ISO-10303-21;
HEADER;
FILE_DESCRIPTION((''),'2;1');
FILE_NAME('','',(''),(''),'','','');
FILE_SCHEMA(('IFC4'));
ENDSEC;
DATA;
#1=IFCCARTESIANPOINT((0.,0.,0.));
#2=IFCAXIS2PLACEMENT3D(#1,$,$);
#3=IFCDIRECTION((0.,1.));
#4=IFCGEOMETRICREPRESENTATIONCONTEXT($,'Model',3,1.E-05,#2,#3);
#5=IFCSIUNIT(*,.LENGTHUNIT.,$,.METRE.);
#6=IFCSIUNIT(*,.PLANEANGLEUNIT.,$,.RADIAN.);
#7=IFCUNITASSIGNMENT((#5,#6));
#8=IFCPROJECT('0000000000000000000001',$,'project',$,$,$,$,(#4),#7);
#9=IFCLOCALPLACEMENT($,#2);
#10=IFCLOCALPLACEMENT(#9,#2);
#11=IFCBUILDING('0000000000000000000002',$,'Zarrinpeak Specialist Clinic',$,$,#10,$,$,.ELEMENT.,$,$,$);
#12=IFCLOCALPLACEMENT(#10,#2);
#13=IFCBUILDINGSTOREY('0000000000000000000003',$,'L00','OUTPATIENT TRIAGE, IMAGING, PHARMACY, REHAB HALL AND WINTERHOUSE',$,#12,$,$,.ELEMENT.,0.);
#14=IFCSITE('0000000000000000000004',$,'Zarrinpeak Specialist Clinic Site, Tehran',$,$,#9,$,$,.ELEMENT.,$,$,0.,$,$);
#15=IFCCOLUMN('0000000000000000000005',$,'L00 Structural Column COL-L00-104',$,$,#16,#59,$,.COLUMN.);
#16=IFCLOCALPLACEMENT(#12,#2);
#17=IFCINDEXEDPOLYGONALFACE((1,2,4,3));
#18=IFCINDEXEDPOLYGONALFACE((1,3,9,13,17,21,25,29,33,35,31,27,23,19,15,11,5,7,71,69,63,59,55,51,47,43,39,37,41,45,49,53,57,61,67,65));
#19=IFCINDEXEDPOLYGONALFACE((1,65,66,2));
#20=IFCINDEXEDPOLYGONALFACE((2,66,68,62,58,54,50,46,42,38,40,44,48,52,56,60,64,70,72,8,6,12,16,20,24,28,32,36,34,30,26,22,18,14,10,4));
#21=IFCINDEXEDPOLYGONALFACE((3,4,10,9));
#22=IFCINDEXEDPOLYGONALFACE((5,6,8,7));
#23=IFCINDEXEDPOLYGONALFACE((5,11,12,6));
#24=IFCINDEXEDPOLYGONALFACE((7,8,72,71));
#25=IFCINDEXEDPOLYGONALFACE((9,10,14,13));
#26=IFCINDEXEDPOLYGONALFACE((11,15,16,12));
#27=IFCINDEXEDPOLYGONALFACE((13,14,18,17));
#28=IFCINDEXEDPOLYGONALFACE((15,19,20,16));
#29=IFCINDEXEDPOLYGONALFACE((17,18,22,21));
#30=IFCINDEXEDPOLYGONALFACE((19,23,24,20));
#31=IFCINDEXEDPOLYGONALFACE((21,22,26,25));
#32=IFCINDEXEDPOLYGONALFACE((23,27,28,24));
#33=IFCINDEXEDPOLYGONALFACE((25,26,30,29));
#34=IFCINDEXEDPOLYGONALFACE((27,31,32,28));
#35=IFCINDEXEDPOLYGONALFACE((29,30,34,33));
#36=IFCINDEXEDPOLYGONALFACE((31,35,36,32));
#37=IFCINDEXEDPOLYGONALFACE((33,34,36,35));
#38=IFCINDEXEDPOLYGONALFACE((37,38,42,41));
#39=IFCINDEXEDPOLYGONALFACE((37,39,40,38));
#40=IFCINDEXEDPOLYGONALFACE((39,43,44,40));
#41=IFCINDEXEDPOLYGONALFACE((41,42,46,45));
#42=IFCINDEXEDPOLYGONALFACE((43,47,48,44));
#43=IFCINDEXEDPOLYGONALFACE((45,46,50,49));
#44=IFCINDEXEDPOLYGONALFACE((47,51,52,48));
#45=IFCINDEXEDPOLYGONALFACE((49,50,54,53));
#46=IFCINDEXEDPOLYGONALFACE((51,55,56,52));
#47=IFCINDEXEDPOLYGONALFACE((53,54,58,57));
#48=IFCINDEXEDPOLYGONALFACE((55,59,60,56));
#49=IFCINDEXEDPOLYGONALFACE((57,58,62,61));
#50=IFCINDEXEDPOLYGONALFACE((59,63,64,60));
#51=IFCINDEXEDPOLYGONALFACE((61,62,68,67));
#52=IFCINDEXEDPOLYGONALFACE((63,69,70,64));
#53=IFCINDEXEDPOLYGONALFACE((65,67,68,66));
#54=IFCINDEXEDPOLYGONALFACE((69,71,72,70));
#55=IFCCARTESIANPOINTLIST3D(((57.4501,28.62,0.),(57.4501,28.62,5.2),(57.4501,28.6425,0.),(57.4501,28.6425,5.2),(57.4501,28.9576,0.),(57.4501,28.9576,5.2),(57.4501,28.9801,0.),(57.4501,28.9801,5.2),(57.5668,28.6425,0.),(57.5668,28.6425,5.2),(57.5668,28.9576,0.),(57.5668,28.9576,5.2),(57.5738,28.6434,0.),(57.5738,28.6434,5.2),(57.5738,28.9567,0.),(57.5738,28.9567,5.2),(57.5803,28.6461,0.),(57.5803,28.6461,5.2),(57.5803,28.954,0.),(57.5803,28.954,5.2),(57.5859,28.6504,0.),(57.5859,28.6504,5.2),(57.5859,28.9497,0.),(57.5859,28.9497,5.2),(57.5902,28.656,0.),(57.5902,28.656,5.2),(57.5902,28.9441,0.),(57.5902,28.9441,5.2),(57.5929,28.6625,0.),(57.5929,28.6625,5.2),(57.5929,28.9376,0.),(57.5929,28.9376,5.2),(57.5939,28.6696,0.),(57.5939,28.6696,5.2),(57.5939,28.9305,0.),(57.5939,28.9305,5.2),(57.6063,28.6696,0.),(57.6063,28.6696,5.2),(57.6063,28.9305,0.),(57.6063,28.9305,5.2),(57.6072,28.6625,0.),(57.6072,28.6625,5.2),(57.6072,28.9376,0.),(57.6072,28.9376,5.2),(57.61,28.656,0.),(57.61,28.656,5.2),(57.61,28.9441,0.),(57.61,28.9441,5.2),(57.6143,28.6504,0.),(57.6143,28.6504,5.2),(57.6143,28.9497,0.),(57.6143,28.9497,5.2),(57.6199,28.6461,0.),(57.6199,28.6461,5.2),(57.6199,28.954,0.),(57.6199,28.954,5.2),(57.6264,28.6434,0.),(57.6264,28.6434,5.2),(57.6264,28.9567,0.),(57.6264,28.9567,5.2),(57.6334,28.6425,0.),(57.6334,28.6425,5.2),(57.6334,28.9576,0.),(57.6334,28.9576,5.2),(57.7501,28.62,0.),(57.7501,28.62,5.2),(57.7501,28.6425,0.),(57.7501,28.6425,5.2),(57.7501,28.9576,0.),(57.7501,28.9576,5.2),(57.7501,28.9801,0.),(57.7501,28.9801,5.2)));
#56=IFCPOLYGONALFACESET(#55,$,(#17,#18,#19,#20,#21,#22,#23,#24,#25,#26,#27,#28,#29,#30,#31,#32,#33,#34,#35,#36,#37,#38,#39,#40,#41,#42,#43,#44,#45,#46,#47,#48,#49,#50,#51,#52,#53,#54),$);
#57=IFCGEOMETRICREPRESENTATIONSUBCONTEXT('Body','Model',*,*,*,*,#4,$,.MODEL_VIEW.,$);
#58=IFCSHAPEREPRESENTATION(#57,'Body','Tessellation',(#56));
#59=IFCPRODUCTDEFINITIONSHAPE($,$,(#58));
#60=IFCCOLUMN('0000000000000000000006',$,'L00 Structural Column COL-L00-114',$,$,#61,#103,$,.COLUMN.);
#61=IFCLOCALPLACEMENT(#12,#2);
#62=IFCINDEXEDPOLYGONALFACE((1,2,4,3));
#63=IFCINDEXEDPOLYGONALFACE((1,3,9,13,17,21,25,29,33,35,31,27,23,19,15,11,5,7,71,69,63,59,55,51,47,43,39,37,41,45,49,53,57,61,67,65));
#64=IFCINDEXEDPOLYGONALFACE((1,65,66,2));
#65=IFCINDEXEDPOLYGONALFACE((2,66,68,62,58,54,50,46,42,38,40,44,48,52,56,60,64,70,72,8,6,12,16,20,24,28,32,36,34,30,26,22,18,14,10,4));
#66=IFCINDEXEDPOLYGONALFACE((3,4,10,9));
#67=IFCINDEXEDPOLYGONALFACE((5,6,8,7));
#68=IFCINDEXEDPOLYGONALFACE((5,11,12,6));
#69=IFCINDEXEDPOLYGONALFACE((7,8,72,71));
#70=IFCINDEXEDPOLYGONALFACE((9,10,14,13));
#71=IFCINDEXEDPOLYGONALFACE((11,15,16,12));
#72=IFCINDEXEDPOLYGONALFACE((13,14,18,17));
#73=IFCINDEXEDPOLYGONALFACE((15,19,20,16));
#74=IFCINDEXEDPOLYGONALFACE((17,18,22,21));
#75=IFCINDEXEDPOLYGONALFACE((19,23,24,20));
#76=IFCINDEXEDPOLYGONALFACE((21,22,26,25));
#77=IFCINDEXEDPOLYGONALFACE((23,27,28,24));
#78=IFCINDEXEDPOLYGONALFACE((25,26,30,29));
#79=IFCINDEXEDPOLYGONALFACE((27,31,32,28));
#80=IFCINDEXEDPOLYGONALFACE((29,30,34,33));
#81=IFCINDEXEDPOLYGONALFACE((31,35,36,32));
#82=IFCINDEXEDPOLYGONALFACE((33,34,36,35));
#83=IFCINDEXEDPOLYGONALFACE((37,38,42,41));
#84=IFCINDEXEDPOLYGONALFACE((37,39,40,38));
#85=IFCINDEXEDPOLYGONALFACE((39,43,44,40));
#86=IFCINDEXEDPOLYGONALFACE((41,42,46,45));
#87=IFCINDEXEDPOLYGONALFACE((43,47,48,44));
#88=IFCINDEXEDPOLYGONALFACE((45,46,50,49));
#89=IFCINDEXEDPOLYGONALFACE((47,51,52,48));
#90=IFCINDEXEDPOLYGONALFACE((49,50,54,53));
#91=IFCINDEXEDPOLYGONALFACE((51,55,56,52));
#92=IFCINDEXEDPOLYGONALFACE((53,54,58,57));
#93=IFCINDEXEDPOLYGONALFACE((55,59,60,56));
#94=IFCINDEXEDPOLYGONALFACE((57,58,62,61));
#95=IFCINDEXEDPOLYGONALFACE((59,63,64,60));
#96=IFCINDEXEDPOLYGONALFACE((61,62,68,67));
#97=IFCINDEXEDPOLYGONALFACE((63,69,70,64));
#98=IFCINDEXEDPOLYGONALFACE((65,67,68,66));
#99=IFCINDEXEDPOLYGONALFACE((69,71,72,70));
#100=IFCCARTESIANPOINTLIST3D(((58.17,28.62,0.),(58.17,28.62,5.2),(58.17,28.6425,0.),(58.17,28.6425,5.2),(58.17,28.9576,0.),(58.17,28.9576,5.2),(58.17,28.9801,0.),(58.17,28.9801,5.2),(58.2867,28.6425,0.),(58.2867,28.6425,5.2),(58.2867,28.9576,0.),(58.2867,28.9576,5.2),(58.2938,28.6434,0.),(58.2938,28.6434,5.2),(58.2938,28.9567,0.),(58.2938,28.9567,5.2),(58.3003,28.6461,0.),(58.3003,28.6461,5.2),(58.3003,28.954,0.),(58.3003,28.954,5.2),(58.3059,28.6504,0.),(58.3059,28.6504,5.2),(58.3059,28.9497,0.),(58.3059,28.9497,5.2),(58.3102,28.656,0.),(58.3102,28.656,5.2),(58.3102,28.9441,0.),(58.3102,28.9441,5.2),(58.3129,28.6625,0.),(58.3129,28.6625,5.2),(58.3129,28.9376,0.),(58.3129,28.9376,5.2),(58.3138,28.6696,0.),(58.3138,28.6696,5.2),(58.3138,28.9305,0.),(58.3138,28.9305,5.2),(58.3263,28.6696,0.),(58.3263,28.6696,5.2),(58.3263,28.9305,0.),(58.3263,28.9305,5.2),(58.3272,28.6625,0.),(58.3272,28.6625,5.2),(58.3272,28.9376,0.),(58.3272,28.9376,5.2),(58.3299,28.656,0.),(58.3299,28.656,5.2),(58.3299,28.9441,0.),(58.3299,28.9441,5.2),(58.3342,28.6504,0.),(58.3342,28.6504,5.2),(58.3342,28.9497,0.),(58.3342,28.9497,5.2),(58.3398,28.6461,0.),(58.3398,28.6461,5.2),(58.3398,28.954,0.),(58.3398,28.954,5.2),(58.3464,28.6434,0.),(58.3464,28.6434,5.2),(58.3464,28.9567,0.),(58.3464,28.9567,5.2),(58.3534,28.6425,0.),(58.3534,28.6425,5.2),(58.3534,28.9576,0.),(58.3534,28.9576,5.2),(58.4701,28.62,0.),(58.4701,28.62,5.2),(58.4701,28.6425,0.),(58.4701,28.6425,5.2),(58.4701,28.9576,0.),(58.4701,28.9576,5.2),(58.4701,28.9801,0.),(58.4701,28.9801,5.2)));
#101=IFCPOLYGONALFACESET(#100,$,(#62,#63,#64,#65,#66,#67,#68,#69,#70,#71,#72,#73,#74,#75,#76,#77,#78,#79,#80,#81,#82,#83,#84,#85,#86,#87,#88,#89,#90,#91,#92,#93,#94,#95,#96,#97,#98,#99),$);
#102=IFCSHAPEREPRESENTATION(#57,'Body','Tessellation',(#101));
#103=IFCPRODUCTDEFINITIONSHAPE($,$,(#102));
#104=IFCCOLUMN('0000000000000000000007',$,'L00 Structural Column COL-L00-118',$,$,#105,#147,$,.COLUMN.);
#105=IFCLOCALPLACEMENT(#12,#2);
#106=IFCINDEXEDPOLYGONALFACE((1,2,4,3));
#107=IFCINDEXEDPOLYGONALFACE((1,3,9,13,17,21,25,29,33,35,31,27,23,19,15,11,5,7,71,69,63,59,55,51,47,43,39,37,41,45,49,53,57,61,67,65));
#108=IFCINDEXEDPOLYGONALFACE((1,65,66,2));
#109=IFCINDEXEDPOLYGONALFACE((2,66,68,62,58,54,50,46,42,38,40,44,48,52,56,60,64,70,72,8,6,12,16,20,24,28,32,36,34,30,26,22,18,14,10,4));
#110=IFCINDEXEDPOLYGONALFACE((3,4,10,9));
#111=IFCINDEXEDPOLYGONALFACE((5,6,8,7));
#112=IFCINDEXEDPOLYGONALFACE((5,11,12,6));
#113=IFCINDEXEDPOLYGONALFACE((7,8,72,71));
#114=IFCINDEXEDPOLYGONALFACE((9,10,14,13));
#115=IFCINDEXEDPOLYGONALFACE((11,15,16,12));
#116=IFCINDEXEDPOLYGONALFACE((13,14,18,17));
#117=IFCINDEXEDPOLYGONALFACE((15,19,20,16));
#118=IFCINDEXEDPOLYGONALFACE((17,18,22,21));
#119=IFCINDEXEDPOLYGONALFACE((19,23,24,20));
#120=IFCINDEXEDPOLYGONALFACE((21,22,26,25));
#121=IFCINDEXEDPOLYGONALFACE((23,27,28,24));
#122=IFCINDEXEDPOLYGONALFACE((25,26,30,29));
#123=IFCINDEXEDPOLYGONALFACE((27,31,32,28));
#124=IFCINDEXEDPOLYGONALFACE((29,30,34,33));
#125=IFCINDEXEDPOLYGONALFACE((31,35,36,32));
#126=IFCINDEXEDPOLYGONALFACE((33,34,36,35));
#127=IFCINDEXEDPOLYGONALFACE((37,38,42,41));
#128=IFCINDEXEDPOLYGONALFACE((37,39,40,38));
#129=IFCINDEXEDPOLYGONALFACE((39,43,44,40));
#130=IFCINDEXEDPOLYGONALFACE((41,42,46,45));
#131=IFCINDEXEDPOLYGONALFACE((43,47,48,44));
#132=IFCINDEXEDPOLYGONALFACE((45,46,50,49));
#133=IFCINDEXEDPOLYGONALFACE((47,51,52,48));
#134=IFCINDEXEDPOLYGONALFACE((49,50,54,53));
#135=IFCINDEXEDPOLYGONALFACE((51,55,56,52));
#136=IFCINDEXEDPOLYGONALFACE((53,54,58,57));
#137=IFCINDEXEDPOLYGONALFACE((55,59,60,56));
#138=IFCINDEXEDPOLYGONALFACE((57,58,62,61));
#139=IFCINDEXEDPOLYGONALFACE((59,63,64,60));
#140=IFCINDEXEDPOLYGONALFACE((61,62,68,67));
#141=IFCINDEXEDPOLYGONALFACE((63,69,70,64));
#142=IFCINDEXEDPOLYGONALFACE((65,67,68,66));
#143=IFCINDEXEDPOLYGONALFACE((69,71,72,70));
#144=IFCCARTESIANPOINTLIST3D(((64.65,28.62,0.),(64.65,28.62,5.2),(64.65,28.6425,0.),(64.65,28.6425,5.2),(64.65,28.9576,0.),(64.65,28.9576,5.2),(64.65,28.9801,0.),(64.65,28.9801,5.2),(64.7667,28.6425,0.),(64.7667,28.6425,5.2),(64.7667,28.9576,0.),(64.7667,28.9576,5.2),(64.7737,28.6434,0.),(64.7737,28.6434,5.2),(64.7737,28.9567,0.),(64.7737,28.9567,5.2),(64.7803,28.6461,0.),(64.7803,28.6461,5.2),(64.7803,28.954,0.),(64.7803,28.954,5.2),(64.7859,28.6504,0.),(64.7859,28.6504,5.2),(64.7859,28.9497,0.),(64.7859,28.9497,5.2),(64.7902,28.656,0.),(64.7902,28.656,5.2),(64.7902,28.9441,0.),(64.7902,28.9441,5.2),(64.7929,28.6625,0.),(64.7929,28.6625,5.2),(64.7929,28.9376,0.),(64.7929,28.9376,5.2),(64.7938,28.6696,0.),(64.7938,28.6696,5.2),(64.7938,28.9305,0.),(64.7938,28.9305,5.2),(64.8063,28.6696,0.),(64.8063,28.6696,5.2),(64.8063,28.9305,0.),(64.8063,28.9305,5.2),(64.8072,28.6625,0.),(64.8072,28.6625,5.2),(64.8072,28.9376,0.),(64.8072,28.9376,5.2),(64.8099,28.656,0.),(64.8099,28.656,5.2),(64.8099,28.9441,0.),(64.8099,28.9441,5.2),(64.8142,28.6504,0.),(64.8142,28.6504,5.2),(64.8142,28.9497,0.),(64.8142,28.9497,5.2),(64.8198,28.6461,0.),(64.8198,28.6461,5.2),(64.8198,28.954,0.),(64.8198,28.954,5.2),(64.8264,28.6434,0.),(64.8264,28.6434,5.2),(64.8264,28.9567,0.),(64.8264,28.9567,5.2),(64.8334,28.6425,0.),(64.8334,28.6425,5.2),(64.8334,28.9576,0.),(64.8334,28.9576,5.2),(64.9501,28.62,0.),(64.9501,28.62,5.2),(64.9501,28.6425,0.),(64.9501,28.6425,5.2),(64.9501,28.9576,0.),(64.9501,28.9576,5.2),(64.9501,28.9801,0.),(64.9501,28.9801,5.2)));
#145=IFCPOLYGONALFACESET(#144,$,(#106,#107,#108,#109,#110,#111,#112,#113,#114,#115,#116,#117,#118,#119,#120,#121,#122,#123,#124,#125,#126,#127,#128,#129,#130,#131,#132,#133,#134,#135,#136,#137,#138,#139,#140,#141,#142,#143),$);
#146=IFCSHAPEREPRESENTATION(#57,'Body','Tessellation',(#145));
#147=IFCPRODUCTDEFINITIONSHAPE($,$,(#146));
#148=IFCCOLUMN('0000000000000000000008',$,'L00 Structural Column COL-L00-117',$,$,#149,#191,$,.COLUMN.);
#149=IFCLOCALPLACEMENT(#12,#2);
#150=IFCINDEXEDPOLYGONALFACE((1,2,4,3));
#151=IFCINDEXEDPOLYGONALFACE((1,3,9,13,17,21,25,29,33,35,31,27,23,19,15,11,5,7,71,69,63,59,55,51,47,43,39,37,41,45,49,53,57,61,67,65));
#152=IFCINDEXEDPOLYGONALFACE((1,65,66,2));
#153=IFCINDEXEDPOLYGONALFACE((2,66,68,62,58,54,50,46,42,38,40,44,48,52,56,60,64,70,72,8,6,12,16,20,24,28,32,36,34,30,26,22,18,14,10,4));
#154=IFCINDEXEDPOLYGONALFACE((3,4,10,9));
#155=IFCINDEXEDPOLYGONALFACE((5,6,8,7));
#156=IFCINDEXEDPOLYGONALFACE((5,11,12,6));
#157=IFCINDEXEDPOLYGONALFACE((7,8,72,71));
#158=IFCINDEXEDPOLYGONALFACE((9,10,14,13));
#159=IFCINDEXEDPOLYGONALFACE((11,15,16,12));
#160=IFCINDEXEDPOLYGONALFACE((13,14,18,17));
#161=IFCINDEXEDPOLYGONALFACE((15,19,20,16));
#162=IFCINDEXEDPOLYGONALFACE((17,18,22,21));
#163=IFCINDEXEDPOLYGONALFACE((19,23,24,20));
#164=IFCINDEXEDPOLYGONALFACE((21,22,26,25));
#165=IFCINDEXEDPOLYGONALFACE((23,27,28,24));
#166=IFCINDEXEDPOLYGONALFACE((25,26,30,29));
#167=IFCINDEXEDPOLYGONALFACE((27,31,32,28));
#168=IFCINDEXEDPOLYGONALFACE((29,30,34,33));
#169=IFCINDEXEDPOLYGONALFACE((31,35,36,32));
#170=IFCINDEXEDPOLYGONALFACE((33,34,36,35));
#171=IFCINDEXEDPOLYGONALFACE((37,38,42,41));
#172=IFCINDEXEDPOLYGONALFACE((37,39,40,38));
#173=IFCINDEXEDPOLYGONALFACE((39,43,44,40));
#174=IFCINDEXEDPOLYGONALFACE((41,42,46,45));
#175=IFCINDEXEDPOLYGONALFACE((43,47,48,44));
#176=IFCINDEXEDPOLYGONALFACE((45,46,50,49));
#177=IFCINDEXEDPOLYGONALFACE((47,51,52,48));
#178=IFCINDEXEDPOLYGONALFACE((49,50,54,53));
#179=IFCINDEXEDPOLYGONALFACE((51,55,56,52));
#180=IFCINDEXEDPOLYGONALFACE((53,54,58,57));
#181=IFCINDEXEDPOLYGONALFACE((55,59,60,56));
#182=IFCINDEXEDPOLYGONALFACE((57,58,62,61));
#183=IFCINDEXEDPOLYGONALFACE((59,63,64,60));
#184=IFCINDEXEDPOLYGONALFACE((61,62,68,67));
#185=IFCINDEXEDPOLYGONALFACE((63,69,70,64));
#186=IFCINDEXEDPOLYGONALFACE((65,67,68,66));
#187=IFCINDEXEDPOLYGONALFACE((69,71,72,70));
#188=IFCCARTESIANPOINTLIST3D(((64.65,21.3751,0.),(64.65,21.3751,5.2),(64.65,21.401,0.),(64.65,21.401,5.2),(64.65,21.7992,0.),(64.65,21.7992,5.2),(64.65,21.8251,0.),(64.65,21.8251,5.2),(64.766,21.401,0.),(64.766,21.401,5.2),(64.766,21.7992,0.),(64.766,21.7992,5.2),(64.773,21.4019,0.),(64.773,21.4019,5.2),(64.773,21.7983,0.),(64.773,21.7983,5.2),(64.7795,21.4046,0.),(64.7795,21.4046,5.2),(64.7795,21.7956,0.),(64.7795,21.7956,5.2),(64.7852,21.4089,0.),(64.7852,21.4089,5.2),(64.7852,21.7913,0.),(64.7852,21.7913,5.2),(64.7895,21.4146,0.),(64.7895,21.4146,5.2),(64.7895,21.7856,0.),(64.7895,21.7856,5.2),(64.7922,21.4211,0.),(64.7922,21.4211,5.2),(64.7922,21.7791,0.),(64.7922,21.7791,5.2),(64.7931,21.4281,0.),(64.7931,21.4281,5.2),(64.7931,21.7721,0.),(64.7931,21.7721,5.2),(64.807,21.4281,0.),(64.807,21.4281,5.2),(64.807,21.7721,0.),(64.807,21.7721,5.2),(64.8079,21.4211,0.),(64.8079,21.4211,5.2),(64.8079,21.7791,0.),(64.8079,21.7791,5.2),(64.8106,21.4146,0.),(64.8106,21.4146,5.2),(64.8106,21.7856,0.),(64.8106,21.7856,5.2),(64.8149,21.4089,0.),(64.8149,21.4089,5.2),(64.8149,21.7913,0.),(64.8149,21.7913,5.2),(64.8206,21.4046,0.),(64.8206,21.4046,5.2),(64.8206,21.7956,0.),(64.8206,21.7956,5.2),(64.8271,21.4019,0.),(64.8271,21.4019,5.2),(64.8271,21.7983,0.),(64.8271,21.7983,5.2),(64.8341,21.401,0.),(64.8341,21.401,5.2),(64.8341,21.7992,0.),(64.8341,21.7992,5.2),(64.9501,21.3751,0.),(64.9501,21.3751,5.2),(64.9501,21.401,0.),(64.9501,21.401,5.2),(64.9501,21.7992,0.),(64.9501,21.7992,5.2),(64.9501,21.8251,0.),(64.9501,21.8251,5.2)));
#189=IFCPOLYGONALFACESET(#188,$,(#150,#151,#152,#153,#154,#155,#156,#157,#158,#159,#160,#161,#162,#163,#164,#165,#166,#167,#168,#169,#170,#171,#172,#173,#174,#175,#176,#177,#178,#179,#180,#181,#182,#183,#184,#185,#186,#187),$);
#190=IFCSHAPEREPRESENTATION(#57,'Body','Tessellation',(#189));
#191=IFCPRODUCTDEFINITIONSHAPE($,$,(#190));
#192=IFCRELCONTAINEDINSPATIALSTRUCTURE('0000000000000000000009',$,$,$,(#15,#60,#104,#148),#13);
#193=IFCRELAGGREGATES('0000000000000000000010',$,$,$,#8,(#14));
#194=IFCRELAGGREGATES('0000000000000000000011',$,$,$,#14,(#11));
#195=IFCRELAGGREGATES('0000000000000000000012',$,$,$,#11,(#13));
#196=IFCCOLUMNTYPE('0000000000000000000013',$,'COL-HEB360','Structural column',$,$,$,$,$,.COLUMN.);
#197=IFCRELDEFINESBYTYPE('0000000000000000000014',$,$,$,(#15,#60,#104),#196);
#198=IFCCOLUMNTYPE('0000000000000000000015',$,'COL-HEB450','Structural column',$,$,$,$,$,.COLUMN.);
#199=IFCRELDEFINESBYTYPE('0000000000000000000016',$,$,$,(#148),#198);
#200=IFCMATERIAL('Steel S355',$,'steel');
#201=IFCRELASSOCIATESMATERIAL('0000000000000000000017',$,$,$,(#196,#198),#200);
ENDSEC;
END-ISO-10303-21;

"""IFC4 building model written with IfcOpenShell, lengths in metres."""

from ifc_helpers import new_model, si_unit, direction, frame, origin, origin_2d, place, context, subcontext, project, spatial, i_section, extrude, material, material_profile, profile_set, type_object, element, save


model = new_model("IFC4")

# Units and contexts
model_context = context("Model", 3, precision=1e-05, world=origin(), true_north=direction((0.0, 1.0)))
body_context = subcontext(model_context, "Body", "Model", "MODEL_VIEW")
ifc_project = project(units=[si_unit("LENGTHUNIT", "METRE"), si_unit("PLANEANGLEUNIT", "RADIAN")], contexts=[model_context])

# Site, building, storey
site_placement = place(None, origin())
site = spatial("IfcSite", under=ifc_project, at=site_placement, Name="Zarrinpeak Specialist Clinic Site, Tehran", CompositionType="ELEMENT", RefElevation=0.0)
building_placement = place(site_placement, origin())
building = spatial("IfcBuilding", under=site, at=building_placement, Name="Zarrinpeak Specialist Clinic", CompositionType="ELEMENT")
storey_placement = place(building_placement, origin())
storey = spatial("IfcBuildingStorey", under=building, at=storey_placement, Name="L00", Description="OUTPATIENT TRIAGE, IMAGING, PHARMACY, REHAB HALL AND WINTERHOUSE", CompositionType="ELEMENT", Elevation=0.0)

# Columns
ifc_material_1 = material(Name="Steel S355", Category="steel")
ifc_material_profile_1 = material_profile(ifc_material_1, i_section(OverallWidth=0.3, OverallDepth=0.3601, WebThickness=0.0125, FlangeThickness=0.0225, FilletRadius=0.0271, at=origin_2d()), Name="HEB 360")
ifc_profile_set_1 = profile_set([ifc_material_profile_1], Name="Steel S355")
column_type_1 = type_object("IfcColumnType", Name="COL-HEB360", Description="Structural column", PredefinedType="COLUMN", material=ifc_profile_set_1)
for number, where, z_axis, x_axis, name in (
    (1, (57.6001, 28.8, 0.0), (0.0, 0.0, 1.0), (1.0, 0.0, 0.0), "L00 Structural Column COL-L00-104"),
    (2, (58.3201, 28.8, 0.0), (0.0, 0.0, 1.0), (1.0, 0.0, 0.0), "L00 Structural Column COL-L00-114"),
    (3, (64.8, 28.8, 0.0), (0.0, 0.0, 1.0), (1.0, 0.0, 0.0), "L00 Structural Column COL-L00-118"),
):
    element("IfcColumn", number, at=place(storey_placement, frame(where, z_axis=z_axis, x_axis=x_axis)), inside=storey, type_object=column_type_1, Name=name, PredefinedType="COLUMN", context=body_context, shape_type="SweptSolid", body=[
        extrude(i_section(OverallWidth=0.3, OverallDepth=0.3601, WebThickness=0.0125, FlangeThickness=0.0225, FilletRadius=0.0271, at=origin_2d()), origin(), (0.0, 0.0, 1.0), 5.2),
    ])
ifc_material_profile_2 = material_profile(ifc_material_1, i_section(OverallWidth=0.3, OverallDepth=0.45, WebThickness=0.0139, FlangeThickness=0.0259, FilletRadius=0.0271, at=origin_2d()), Name="HEB 450")
ifc_profile_set_2 = profile_set([ifc_material_profile_2], Name="Steel S355")
column_type_2 = type_object("IfcColumnType", Name="COL-HEB450", Description="Structural column", PredefinedType="COLUMN", material=ifc_profile_set_2)
column_placement = place(storey_placement, frame((64.8, 21.6001, 0.0), z_axis=(0.0, 0.0, 1.0), x_axis=(1.0, 0.0, 0.0)))
element("IfcColumn", 4, at=column_placement, inside=storey, type_object=column_type_2, Name="L00 Structural Column COL-L00-117", PredefinedType="COLUMN", context=body_context, shape_type="SweptSolid", body=[
    extrude(i_section(OverallWidth=0.3, OverallDepth=0.45, WebThickness=0.0139, FlangeThickness=0.0259, FilletRadius=0.0271, at=origin_2d()), origin(), (0.0, 0.0, 1.0), 5.2),
])

save(model, "model.ifc")
